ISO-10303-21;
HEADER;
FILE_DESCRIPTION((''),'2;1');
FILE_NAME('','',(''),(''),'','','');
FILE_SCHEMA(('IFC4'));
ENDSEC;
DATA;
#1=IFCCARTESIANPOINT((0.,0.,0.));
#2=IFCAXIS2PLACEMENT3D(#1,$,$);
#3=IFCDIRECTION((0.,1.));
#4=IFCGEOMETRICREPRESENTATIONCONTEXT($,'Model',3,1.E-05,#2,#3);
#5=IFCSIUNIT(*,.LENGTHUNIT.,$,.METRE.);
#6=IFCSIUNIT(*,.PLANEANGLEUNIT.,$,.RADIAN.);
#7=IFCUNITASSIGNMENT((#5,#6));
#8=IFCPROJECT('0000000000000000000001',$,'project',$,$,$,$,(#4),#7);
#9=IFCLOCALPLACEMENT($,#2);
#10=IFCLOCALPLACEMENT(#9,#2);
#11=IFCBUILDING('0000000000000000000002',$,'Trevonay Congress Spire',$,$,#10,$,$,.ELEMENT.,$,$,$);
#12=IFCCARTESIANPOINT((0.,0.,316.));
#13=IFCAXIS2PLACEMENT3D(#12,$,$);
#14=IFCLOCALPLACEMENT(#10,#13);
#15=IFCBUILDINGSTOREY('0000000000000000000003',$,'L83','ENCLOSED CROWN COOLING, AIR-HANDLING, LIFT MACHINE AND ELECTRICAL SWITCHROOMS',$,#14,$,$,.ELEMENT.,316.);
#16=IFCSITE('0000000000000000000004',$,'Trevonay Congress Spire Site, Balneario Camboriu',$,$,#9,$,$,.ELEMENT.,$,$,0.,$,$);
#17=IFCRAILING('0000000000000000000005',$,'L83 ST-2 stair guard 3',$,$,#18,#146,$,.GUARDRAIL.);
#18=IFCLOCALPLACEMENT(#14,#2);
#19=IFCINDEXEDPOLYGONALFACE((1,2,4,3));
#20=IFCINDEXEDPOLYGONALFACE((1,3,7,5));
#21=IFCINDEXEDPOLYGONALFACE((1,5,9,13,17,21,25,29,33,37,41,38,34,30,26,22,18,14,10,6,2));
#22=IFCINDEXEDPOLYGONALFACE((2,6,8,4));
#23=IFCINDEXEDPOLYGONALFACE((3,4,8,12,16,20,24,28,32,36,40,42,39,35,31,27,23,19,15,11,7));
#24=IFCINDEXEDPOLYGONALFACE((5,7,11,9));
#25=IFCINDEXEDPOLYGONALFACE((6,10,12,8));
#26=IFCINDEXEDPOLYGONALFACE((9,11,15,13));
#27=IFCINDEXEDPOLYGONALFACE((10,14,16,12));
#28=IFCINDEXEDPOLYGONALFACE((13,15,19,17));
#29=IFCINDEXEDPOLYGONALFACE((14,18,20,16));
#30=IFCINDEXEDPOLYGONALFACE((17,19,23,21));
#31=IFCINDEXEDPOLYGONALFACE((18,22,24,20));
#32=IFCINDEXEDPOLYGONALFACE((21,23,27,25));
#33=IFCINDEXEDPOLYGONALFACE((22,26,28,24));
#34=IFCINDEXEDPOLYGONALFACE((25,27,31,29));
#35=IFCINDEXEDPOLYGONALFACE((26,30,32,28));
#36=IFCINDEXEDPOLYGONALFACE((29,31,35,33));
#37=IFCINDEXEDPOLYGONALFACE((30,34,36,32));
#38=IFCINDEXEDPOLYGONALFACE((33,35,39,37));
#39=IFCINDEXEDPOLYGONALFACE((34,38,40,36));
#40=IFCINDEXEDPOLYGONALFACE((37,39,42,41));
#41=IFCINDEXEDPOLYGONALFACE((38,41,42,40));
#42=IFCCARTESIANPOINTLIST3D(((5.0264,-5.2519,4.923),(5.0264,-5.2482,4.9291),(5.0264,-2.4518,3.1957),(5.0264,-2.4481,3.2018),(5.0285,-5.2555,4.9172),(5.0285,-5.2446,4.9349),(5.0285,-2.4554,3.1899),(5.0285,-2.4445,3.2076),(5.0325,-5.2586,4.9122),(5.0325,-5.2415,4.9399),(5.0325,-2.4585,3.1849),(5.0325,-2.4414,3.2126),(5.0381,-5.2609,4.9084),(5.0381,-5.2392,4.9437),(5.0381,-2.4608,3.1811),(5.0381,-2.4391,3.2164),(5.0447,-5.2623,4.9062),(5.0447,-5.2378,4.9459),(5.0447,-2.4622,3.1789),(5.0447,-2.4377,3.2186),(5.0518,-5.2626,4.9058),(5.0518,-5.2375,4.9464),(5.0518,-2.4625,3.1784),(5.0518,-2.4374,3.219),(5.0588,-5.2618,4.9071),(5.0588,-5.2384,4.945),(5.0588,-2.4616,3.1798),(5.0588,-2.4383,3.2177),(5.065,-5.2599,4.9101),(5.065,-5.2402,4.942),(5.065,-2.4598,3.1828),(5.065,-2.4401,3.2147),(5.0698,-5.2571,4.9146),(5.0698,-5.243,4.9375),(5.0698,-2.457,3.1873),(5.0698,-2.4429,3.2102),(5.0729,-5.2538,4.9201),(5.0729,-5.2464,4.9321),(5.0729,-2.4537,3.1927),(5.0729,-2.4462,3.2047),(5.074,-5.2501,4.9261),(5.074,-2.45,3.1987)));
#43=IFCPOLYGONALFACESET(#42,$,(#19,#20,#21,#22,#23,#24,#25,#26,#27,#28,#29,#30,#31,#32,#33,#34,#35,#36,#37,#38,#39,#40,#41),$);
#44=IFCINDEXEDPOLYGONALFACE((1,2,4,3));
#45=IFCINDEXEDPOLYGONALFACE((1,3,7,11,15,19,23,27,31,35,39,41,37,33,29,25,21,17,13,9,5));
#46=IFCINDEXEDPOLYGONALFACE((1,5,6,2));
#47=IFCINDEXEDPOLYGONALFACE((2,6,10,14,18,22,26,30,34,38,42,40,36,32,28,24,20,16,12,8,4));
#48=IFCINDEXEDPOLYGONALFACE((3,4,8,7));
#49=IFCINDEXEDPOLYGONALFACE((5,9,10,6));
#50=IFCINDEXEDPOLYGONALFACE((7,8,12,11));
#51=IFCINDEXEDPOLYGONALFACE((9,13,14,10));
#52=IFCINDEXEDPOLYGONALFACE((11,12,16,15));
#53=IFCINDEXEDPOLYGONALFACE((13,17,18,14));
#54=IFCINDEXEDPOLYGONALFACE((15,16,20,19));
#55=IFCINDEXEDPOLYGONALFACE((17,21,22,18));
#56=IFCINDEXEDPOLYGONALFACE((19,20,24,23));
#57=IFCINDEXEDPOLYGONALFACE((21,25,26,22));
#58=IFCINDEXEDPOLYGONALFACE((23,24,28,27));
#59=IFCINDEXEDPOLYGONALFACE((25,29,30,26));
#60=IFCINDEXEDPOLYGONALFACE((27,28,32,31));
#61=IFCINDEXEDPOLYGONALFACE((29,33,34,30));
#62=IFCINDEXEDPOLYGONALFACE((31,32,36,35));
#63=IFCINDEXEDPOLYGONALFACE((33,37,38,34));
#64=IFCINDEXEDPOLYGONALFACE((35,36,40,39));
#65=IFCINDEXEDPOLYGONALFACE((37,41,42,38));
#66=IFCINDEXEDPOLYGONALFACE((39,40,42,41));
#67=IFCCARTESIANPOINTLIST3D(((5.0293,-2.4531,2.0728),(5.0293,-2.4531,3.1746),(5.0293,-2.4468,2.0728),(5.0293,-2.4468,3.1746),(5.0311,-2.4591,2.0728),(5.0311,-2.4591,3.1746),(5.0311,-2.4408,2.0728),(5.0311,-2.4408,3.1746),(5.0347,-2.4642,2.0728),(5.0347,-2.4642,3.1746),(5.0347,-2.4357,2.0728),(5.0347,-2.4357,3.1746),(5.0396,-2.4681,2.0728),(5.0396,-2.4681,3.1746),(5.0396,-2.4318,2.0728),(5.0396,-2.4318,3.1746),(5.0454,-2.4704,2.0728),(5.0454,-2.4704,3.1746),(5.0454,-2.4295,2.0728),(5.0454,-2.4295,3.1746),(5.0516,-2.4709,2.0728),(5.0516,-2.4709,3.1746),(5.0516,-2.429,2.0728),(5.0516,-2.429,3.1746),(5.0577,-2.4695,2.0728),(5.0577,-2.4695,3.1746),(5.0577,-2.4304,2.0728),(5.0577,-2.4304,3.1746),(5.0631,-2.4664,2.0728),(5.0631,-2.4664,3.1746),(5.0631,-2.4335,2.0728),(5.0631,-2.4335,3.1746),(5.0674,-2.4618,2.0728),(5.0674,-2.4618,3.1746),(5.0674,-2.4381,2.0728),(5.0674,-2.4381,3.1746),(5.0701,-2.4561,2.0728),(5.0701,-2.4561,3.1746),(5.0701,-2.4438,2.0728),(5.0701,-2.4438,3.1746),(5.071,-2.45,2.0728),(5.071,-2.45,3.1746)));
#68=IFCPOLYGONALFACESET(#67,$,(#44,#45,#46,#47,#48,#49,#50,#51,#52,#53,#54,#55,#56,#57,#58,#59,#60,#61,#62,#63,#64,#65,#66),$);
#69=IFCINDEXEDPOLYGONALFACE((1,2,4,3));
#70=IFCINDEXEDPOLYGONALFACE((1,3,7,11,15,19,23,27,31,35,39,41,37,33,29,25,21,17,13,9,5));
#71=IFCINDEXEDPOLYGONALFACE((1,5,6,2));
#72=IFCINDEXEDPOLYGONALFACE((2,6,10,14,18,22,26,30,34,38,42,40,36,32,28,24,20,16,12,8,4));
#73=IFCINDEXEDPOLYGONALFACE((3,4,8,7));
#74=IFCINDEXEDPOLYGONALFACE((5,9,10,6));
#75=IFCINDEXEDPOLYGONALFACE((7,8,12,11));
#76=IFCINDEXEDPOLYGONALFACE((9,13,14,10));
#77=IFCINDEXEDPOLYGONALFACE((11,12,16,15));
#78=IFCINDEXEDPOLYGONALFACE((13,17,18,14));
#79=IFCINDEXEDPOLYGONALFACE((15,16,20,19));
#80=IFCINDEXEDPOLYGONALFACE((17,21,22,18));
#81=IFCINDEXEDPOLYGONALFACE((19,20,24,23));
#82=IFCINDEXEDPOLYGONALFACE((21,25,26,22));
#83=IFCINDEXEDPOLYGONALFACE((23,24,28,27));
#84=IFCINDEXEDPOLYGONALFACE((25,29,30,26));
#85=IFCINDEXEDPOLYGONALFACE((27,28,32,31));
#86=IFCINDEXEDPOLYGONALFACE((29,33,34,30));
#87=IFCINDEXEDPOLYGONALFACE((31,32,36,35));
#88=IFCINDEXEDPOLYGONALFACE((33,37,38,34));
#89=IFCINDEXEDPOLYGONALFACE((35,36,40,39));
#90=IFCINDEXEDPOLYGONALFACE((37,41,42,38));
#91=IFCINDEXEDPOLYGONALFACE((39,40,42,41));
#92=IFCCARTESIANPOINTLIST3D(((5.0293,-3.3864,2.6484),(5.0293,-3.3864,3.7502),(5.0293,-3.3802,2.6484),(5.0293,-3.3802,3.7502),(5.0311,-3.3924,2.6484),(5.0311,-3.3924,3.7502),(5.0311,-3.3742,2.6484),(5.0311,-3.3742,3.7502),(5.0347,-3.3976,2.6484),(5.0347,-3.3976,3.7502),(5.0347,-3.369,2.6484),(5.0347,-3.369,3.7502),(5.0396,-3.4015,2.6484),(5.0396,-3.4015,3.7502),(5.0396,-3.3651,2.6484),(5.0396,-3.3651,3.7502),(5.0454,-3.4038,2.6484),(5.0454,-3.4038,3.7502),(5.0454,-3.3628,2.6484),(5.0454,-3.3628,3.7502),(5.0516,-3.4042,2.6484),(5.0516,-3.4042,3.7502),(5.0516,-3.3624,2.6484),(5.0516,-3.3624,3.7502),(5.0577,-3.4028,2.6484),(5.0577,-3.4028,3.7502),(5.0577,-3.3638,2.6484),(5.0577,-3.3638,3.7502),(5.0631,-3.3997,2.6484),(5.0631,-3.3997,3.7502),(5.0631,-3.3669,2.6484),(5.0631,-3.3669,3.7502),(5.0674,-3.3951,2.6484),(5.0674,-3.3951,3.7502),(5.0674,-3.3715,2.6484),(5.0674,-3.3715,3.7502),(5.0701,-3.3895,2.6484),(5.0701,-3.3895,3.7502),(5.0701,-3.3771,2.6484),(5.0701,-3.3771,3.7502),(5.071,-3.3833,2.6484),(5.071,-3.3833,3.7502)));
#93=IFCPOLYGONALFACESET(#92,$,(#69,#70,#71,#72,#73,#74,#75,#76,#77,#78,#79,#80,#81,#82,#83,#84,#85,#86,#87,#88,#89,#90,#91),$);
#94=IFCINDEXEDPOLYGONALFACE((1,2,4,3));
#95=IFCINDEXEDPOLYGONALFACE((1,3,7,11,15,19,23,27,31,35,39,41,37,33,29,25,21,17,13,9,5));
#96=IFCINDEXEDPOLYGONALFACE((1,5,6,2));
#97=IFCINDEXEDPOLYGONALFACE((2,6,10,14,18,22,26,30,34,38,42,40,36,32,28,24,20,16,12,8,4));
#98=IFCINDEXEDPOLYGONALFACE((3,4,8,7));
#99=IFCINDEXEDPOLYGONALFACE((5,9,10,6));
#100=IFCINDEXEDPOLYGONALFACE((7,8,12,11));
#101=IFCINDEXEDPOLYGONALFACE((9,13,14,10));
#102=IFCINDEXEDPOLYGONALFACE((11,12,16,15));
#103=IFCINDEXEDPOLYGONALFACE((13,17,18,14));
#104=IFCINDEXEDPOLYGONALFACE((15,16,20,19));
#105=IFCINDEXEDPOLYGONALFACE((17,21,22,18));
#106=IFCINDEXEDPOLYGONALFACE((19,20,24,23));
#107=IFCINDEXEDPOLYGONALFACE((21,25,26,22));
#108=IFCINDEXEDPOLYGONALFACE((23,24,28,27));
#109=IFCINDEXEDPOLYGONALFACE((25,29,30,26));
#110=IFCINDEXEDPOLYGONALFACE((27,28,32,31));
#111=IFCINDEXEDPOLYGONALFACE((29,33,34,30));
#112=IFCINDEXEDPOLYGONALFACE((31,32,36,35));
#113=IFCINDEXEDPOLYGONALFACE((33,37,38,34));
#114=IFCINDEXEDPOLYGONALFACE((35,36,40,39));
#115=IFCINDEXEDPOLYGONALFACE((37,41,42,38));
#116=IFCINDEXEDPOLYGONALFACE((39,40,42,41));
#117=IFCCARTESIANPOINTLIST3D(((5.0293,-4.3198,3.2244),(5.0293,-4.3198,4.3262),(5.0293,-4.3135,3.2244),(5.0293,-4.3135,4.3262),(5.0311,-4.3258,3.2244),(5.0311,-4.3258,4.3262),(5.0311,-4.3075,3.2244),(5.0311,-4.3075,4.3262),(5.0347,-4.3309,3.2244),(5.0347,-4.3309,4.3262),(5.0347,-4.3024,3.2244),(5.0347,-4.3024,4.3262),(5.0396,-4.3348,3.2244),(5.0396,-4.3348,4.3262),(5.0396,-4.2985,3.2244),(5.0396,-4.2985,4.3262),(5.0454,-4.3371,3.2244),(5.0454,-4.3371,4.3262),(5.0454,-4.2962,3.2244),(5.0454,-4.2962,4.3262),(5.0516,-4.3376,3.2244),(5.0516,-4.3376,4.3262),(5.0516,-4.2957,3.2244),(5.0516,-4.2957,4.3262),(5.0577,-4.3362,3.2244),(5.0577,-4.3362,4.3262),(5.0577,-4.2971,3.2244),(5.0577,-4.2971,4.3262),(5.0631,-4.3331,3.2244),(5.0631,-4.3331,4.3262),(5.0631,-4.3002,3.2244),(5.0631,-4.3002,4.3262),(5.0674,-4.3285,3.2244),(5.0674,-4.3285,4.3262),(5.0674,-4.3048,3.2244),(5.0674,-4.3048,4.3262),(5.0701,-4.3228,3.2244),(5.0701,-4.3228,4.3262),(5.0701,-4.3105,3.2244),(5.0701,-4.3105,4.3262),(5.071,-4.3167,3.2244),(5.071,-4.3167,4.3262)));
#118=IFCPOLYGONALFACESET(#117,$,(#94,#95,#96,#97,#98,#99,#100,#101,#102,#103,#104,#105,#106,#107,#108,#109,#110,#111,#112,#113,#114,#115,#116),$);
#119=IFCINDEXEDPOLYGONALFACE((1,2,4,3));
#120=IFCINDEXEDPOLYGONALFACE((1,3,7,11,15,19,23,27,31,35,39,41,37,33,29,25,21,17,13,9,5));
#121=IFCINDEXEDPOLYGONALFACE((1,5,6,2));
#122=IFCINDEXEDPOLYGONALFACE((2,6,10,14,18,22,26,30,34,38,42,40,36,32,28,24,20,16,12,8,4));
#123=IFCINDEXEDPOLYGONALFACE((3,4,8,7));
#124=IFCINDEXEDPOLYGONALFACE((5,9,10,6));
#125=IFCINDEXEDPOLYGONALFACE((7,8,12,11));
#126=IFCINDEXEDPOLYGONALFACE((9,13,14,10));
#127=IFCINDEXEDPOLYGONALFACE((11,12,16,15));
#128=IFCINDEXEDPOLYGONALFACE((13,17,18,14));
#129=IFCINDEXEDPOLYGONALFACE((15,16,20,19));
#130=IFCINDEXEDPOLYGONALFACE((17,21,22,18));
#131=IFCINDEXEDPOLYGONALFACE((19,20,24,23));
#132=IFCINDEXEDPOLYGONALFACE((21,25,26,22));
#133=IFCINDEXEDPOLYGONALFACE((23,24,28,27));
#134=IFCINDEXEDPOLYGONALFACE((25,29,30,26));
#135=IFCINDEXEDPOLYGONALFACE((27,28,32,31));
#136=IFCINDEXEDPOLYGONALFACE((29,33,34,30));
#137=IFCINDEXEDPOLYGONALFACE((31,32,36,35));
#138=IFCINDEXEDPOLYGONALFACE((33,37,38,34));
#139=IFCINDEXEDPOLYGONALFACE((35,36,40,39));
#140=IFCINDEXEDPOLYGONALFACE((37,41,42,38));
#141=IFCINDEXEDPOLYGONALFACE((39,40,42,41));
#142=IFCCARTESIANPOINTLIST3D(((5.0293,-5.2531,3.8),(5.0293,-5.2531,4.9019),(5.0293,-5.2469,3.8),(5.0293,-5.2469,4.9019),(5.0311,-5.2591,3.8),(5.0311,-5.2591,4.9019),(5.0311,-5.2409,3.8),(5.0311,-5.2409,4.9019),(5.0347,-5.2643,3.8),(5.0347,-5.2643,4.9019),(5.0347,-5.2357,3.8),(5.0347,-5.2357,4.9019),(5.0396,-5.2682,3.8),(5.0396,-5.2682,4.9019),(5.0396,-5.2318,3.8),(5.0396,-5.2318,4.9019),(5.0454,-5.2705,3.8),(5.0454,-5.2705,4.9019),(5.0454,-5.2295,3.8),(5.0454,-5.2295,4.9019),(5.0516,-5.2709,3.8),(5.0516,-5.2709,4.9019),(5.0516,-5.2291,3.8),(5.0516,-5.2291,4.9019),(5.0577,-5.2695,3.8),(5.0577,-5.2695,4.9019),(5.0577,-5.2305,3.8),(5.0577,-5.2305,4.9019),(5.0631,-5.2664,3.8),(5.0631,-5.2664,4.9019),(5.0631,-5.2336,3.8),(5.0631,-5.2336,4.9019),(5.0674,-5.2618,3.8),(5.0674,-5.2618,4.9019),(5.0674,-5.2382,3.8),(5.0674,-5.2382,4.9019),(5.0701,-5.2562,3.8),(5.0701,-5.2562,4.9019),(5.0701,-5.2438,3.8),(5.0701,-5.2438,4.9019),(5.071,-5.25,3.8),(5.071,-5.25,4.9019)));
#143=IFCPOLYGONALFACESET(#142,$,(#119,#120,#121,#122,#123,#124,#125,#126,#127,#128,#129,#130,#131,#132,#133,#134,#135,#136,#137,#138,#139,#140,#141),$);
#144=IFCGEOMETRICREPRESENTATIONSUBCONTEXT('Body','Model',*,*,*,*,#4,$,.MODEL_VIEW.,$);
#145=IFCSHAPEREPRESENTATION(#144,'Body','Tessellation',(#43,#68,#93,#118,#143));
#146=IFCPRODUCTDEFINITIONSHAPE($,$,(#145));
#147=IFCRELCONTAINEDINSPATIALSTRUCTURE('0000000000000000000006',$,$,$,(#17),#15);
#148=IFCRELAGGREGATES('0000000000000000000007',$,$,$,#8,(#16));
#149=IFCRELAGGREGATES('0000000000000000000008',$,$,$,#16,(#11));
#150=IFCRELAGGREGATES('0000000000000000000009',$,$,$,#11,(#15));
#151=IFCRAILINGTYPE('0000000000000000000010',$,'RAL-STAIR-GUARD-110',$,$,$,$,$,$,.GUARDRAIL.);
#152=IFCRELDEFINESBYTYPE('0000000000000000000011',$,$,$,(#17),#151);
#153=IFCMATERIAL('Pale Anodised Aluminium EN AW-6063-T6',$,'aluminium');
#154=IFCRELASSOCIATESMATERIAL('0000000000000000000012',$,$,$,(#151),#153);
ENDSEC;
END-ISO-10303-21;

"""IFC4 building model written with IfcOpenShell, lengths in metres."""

from ifc_helpers import new_model, si_unit, direction, frame, origin, origin_2d, place, context, subcontext, project, spatial, circle, extrude, material, type_object, element, save


model = new_model("IFC4")

# Units and contexts
model_context = context("Model", 3, precision=1e-05, world=origin(), true_north=direction((0.0, 1.0)))
body_context = subcontext(model_context, "Body", "Model", "MODEL_VIEW")
ifc_project = project(units=[si_unit("LENGTHUNIT", "METRE"), si_unit("PLANEANGLEUNIT", "RADIAN")], contexts=[model_context])

# Site, building, storey
site_placement = place(None, origin())
site = spatial("IfcSite", under=ifc_project, at=site_placement, Name="Trevonay Congress Spire Site, Balneario Camboriu", CompositionType="ELEMENT", RefElevation=0.0)
building_placement = place(site_placement, origin())
building = spatial("IfcBuilding", under=site, at=building_placement, Name="Trevonay Congress Spire", CompositionType="ELEMENT")
storey_placement = place(building_placement, frame((0.0, 0.0, 316.0)))
storey = spatial("IfcBuildingStorey", under=building, at=storey_placement, Name="L83", Description="ENCLOSED CROWN COOLING, AIR-HANDLING, LIFT MACHINE AND ELECTRICAL SWITCHROOMS", CompositionType="ELEMENT", Elevation=316.0)

# Shared definitions
ifc_material_1 = material(Name="Pale Anodised Aluminium EN AW-6063-T6", Category="aluminium")

# Railing
railing_type_1 = type_object("IfcRailingType", Name="RAL-STAIR-GUARD-110", PredefinedType="GUARDRAIL", material=ifc_material_1)
railing_1_placement = place(storey_placement, frame((5.05, -2.45, 2.0728)))
element("IfcRailing", 1, at=railing_1_placement, inside=storey, type_object=railing_type_1, Name="L83 ST-2 stair guard 3", PredefinedType="GUARDRAIL", context=body_context, shape_type="SweptSolid", body=[
    extrude(circle(Radius=0.0239, at=origin_2d()), frame((0.0, 0.0, 1.126), z_axis=(0.0, -0.85109, 0.52502), x_axis=(1.0, 0.0, 0.0)), (0.0, 0.0, 1.0), 3.29),
    extrude(circle(Radius=0.021, at=origin_2d()), origin(), (0.0, 0.0, 1.0), 1.1018),
    extrude(circle(Radius=0.021, at=origin_2d()), frame((0.0, -0.9333, 0.5757)), (0.0, 0.0, 1.0), 1.1018),
    extrude(circle(Radius=0.021, at=origin_2d()), frame((0.0, -1.8667, 1.1516)), (0.0, 0.0, 1.0), 1.1018),
    extrude(circle(Radius=0.021, at=origin_2d()), frame((0.0, -2.8, 1.7273)), (0.0, 0.0, 1.0), 1.1018),
])

save(model, "model.ifc")
